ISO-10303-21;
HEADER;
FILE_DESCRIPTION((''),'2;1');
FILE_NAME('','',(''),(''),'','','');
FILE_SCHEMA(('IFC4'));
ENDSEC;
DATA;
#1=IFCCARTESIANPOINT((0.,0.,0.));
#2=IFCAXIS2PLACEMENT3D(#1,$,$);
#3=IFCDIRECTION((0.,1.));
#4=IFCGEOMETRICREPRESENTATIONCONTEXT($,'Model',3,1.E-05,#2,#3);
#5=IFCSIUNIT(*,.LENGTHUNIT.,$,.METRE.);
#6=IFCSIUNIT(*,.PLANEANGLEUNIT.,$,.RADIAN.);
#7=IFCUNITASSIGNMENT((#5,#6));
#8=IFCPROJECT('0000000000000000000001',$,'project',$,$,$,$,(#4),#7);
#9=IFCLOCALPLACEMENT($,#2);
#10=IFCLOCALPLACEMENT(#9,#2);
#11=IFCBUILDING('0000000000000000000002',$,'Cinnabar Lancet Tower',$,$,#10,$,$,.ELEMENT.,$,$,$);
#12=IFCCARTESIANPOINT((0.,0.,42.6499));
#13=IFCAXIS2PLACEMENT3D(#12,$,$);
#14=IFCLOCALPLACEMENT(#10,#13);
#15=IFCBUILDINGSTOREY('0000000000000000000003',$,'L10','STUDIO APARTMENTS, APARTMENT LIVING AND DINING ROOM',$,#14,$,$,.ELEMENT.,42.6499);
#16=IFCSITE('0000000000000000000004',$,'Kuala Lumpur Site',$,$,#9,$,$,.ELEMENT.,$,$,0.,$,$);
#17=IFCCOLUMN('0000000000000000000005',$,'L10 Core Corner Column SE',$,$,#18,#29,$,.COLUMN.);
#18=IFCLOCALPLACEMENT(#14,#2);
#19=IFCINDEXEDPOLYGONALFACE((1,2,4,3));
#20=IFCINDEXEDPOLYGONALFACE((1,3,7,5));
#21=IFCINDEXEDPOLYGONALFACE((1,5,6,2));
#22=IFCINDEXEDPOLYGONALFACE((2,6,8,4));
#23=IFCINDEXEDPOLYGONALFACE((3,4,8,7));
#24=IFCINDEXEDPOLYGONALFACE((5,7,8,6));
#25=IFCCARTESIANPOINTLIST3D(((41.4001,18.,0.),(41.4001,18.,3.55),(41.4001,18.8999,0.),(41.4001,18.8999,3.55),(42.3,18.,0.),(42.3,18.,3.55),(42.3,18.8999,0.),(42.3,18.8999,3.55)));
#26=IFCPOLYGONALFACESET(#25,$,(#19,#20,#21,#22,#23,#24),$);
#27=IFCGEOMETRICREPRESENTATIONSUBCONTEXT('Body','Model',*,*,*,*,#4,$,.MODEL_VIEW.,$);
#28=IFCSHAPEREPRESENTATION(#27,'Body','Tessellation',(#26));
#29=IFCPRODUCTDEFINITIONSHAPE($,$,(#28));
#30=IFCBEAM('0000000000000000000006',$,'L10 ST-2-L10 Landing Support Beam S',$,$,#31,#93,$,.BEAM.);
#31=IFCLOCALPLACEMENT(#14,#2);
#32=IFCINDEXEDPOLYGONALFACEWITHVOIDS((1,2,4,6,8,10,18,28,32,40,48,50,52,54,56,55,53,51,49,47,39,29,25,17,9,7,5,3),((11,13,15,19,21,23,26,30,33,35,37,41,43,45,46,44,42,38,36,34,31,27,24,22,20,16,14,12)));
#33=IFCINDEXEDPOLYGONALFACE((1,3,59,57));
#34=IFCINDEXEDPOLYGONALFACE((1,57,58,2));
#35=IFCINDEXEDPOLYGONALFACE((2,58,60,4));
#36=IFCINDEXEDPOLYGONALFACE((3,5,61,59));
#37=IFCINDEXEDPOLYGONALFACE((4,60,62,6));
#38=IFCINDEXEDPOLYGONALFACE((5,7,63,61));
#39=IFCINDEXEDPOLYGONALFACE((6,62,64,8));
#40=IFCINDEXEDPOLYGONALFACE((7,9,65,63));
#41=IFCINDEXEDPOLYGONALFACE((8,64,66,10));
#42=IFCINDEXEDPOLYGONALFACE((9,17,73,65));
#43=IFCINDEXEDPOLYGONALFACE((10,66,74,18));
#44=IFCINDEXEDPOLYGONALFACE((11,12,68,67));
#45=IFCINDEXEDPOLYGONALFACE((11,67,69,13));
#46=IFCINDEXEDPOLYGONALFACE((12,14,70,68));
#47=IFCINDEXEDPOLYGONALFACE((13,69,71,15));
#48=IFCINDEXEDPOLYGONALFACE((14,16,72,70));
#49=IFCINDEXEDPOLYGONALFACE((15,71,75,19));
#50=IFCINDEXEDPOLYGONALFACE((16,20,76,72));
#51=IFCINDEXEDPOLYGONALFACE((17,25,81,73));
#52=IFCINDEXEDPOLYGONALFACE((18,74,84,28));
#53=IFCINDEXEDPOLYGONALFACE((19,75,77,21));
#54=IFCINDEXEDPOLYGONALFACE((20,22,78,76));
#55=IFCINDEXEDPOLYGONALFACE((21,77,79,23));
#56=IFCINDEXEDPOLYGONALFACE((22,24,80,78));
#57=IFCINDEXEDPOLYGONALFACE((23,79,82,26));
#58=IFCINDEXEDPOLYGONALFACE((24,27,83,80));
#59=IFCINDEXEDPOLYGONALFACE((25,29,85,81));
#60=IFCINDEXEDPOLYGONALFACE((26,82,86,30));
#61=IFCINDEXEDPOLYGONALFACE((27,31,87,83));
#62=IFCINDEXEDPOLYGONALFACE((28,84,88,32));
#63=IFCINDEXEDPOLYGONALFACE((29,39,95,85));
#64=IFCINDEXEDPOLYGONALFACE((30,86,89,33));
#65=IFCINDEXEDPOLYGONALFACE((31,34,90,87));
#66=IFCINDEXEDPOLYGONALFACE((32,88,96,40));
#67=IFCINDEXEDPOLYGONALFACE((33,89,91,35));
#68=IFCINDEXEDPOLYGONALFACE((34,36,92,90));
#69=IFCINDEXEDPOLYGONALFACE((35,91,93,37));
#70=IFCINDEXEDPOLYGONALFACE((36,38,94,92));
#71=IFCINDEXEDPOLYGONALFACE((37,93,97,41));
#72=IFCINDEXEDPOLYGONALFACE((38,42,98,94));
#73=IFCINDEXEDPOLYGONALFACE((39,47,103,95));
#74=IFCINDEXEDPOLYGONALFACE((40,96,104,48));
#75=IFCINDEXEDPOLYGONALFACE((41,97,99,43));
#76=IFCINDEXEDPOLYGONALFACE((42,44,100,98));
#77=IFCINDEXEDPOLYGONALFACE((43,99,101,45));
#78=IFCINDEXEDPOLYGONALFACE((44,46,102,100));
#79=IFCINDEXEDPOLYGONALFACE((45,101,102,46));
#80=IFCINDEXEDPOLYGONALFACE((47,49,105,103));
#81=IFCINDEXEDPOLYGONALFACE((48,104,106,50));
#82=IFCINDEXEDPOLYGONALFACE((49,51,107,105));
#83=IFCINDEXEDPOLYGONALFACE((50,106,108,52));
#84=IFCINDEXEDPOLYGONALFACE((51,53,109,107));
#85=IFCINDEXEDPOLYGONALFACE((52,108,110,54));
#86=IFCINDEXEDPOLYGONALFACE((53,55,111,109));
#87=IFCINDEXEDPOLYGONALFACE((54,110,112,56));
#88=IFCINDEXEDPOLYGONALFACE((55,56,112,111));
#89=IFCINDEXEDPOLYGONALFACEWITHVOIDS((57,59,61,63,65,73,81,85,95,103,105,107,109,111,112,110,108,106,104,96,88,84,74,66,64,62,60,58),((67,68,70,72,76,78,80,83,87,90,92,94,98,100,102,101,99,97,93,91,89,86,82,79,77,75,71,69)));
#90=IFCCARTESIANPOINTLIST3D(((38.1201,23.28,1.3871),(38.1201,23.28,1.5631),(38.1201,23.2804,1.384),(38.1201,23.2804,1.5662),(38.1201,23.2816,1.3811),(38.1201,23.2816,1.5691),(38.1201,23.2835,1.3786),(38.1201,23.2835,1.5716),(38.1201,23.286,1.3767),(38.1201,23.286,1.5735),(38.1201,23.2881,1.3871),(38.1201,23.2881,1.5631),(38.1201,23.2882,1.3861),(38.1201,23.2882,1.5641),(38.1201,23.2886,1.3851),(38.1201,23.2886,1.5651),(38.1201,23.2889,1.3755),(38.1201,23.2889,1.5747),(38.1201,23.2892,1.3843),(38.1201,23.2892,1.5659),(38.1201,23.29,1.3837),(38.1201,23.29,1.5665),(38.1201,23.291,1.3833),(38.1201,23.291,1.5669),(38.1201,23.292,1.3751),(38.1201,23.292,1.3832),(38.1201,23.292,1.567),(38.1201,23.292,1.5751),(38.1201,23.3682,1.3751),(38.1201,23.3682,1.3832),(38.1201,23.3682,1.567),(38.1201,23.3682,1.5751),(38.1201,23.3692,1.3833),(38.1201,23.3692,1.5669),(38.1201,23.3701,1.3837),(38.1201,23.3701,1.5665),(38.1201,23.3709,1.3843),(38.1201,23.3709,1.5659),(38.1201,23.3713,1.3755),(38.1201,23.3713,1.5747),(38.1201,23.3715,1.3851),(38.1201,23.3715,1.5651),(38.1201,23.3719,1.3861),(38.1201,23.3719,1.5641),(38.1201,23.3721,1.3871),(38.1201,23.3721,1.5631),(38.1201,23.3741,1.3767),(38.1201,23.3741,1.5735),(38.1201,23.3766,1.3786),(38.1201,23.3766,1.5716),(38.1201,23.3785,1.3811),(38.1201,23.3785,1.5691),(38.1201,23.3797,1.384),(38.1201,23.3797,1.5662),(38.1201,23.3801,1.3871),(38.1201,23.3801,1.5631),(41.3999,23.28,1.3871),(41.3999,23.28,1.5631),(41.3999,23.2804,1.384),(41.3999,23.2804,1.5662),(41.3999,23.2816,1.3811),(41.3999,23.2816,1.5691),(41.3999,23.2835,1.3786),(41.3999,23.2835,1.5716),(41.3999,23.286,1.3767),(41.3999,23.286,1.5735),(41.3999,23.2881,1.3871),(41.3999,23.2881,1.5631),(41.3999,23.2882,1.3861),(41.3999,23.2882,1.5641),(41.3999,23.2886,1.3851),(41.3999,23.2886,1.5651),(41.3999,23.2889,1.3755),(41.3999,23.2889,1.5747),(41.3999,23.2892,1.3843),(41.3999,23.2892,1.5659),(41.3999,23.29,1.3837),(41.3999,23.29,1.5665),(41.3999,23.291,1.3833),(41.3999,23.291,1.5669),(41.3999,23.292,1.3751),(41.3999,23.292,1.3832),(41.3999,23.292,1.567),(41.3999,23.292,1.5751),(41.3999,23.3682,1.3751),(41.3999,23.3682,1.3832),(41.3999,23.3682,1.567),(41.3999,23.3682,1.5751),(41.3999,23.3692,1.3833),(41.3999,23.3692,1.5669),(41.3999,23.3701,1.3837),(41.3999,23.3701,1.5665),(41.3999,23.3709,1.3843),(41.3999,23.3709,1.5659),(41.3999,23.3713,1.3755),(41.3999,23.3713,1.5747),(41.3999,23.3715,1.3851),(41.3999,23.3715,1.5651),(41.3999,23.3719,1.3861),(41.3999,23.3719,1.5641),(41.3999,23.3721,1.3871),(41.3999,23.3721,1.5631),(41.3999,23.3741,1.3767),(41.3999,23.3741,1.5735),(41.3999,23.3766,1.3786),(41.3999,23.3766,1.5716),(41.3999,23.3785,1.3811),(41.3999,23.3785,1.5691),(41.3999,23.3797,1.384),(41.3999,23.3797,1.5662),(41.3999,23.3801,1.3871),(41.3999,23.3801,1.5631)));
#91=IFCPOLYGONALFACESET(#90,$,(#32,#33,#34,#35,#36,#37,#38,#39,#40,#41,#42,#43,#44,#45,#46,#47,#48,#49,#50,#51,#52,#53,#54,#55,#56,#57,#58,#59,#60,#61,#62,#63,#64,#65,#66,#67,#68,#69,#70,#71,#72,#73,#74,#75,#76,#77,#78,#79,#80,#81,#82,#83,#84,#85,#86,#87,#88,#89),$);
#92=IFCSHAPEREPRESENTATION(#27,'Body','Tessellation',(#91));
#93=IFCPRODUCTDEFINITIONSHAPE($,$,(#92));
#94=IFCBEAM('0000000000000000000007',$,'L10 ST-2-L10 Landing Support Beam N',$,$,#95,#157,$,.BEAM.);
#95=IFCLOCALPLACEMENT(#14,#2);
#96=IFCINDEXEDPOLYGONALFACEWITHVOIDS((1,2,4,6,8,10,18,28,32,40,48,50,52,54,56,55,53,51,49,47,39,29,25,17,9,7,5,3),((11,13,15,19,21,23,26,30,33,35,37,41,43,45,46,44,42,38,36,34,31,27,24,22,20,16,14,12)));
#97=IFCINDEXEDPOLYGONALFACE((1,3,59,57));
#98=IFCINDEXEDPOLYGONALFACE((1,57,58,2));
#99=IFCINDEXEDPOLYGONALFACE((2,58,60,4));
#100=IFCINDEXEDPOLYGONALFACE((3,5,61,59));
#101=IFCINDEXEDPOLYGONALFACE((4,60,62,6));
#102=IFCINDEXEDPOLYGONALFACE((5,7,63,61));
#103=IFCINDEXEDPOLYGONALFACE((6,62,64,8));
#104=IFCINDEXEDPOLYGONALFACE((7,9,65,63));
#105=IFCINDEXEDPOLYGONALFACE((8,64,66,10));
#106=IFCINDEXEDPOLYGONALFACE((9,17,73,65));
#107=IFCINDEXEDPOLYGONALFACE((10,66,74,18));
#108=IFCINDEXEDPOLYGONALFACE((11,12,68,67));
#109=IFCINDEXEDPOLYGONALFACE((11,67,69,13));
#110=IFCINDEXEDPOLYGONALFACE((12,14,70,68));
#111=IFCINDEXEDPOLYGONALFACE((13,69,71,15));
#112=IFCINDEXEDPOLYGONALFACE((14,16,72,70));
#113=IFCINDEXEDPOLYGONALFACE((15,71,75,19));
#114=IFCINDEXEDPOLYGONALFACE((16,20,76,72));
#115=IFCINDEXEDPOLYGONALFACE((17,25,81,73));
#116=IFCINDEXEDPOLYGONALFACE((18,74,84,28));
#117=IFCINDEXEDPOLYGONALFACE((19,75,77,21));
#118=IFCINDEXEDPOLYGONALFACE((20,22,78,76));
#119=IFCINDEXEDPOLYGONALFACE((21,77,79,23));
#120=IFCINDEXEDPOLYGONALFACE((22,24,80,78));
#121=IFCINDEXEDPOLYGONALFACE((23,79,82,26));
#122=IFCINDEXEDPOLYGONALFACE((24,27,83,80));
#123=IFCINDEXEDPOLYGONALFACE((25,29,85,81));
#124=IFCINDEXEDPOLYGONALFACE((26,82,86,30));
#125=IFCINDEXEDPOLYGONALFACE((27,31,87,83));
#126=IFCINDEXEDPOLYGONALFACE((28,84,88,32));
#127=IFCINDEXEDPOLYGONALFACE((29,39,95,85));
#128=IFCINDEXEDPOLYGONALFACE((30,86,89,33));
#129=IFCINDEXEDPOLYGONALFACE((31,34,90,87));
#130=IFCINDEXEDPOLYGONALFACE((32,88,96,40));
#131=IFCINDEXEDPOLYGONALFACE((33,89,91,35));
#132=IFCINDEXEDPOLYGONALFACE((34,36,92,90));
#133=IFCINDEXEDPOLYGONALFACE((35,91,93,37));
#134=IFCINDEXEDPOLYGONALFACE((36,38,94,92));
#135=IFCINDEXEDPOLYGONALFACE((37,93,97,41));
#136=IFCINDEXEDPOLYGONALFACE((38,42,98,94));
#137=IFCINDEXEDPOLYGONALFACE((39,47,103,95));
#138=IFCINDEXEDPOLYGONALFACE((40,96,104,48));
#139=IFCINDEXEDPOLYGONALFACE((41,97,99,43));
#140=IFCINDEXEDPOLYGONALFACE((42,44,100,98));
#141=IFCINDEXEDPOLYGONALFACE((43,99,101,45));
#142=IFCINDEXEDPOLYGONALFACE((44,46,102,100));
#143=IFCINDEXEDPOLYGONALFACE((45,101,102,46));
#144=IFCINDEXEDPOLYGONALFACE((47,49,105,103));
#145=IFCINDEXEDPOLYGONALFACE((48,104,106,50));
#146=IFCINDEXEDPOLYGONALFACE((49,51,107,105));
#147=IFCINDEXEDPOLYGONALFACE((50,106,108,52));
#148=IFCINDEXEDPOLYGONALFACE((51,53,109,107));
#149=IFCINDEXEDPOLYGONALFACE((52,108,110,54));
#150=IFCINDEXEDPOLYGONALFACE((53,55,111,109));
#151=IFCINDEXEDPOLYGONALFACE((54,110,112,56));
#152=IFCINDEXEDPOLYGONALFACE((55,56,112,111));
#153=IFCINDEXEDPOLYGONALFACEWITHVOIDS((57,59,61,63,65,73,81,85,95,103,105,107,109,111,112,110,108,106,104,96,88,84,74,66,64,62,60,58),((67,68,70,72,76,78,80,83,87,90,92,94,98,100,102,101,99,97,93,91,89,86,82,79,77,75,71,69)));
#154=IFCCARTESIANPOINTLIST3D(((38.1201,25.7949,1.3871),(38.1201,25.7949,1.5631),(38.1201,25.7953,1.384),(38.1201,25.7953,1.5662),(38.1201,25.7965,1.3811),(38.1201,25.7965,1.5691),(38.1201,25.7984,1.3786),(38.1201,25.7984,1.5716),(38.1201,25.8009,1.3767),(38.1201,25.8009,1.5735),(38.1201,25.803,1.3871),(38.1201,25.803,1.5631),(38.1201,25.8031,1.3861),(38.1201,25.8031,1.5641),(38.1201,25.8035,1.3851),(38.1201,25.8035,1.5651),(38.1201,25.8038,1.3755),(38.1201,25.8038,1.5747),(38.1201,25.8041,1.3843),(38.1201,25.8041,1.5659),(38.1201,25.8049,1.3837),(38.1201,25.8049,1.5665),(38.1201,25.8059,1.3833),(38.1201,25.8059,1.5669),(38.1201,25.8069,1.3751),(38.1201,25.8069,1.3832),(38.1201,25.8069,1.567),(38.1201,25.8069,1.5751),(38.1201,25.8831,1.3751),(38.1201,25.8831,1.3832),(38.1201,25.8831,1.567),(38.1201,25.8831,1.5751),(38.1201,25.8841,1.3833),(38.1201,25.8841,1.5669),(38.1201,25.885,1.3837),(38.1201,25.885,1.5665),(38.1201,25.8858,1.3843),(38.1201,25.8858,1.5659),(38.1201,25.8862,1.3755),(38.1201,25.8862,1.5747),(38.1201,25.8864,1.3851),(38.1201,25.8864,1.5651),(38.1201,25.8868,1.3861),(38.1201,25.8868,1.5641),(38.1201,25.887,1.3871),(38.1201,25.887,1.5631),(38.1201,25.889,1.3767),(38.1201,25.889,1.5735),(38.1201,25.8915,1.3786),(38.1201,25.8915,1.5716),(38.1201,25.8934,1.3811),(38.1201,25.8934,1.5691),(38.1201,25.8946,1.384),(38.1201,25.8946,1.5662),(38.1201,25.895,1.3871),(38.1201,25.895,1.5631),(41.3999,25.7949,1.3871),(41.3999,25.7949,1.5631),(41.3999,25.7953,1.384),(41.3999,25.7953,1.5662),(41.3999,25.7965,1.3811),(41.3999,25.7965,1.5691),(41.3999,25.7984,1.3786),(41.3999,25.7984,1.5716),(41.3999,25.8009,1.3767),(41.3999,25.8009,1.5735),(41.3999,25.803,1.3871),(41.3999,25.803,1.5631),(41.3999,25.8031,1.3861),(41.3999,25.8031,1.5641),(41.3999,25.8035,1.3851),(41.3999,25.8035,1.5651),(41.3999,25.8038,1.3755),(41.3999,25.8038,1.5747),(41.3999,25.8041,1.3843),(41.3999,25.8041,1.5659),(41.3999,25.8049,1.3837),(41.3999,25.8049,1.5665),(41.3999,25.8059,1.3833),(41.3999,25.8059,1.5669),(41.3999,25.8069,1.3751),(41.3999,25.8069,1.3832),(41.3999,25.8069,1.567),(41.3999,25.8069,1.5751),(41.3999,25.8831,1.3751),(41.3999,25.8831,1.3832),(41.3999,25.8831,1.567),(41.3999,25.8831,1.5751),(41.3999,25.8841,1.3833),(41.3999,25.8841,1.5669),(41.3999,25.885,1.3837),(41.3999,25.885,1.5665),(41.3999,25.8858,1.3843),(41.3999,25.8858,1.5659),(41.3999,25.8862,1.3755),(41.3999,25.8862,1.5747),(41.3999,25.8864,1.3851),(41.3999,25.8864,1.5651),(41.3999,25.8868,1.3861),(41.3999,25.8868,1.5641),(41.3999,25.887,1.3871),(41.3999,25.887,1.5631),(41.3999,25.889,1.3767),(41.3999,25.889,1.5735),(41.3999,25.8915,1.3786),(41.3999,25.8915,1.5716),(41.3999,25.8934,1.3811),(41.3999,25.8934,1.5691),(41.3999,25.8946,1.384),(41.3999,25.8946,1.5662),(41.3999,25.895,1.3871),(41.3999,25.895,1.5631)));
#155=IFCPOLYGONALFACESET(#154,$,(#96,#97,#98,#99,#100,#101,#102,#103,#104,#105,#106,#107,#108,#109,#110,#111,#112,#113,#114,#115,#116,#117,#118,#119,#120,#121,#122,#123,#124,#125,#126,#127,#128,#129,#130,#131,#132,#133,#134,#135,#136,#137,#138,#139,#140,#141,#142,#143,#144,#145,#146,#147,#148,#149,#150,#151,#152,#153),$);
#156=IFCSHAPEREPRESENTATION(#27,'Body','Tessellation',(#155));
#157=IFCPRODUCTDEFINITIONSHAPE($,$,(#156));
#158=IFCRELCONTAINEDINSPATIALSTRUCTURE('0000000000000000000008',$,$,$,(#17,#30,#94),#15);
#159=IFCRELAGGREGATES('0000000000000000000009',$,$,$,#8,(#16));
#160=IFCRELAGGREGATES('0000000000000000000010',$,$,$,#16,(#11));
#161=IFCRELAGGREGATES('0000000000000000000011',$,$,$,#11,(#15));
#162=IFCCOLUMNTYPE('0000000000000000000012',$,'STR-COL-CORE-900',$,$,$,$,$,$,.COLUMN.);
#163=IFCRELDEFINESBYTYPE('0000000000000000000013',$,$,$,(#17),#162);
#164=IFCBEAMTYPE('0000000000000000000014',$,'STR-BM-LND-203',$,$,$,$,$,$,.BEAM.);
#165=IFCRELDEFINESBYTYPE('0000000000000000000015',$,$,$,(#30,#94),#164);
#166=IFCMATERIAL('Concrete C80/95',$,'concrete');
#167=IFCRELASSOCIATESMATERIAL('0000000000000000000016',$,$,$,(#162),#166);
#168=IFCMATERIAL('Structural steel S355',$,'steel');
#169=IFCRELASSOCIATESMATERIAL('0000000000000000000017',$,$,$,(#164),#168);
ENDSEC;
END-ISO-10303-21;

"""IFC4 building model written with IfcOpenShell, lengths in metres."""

from ifc_helpers import new_model, si_unit, direction, frame, origin, origin_2d, place, context, subcontext, project, spatial, rectangle, hollow_rectangle, extrude, material, material_profile, profile_set, type_object, element, save


model = new_model("IFC4")

# Units and contexts
model_context = context("Model", 3, precision=1e-05, world=origin(), true_north=direction((0.0, 1.0)))
body_context = subcontext(model_context, "Body", "Model", "MODEL_VIEW")
ifc_project = project(units=[si_unit("LENGTHUNIT", "METRE"), si_unit("PLANEANGLEUNIT", "RADIAN")], contexts=[model_context])

# Site, building, storey
site_placement = place(None, origin())
site = spatial("IfcSite", under=ifc_project, at=site_placement, Name="Kuala Lumpur Site", CompositionType="ELEMENT", RefElevation=0.0)
building_placement = place(site_placement, origin())
building = spatial("IfcBuilding", under=site, at=building_placement, Name="Cinnabar Lancet Tower", CompositionType="ELEMENT")
storey_placement = place(building_placement, frame((0.0, 0.0, 42.6499)))
storey = spatial("IfcBuildingStorey", under=building, at=storey_placement, Name="L10", Description="STUDIO APARTMENTS, APARTMENT LIVING AND DINING ROOM", CompositionType="ELEMENT", Elevation=42.6499)

# Column
ifc_material_1 = material(Name="Concrete C80/95", Category="concrete")
ifc_material_profile_1 = material_profile(ifc_material_1, rectangle(XDim=0.8999, YDim=0.8999, at=origin_2d()), Name="RC-COL 900x900")
ifc_profile_set_1 = profile_set([ifc_material_profile_1], Name="Concrete C80/95")
column_type = type_object("IfcColumnType", Name="STR-COL-CORE-900", PredefinedType="COLUMN", material=ifc_profile_set_1)
column_placement = place(storey_placement, frame((41.8501, 18.45, 0.0), z_axis=(0.0, 0.0, 1.0), x_axis=(1.0, 0.0, 0.0)))
element("IfcColumn", 1, at=column_placement, inside=storey, type_object=column_type, Name="L10 Core Corner Column SE", PredefinedType="COLUMN", context=body_context, shape_type="SweptSolid", body=[
    extrude(rectangle(XDim=0.8999, YDim=0.8999, at=origin_2d()), origin(), (0.0, 0.0, 1.0), 3.55),
])

# Beams
ifc_material_2 = material(Name="Structural steel S355", Category="steel")
ifc_material_profile_2 = material_profile(ifc_material_2, hollow_rectangle(XDim=0.1001, YDim=0.2, WallThickness=0.0081, InnerFilletRadius=0.0039, OuterFilletRadius=0.012, at=origin_2d()), Name="RHS 200x100x8")
ifc_profile_set_2 = profile_set([ifc_material_profile_2], Name="Structural steel S355")
beam_type = type_object("IfcBeamType", Name="STR-BM-LND-203", PredefinedType="BEAM", material=ifc_profile_set_2)
for number, where, z_axis, x_axis, name in (
    (2, (38.1201, 23.3301, 1.4751), (1.0, 0.0, 0.0), (0.0, 1.0, 0.0), "L10 ST-2-L10 Landing Support Beam S"),
    (3, (38.1201, 25.845, 1.4751), (1.0, 0.0, 0.0), (0.0, 1.0, 0.0), "L10 ST-2-L10 Landing Support Beam N"),
):
    element("IfcBeam", number, at=place(storey_placement, frame(where, z_axis=z_axis, x_axis=x_axis)), inside=storey, type_object=beam_type, Name=name, PredefinedType="BEAM", context=body_context, shape_type="SweptSolid", body=[
        extrude(hollow_rectangle(XDim=0.1001, YDim=0.2, WallThickness=0.0081, InnerFilletRadius=0.0039, OuterFilletRadius=0.012, at=origin_2d()), origin(), (0.0, 0.0, 1.0), 3.2798),
    ])

save(model, "model.ifc")
